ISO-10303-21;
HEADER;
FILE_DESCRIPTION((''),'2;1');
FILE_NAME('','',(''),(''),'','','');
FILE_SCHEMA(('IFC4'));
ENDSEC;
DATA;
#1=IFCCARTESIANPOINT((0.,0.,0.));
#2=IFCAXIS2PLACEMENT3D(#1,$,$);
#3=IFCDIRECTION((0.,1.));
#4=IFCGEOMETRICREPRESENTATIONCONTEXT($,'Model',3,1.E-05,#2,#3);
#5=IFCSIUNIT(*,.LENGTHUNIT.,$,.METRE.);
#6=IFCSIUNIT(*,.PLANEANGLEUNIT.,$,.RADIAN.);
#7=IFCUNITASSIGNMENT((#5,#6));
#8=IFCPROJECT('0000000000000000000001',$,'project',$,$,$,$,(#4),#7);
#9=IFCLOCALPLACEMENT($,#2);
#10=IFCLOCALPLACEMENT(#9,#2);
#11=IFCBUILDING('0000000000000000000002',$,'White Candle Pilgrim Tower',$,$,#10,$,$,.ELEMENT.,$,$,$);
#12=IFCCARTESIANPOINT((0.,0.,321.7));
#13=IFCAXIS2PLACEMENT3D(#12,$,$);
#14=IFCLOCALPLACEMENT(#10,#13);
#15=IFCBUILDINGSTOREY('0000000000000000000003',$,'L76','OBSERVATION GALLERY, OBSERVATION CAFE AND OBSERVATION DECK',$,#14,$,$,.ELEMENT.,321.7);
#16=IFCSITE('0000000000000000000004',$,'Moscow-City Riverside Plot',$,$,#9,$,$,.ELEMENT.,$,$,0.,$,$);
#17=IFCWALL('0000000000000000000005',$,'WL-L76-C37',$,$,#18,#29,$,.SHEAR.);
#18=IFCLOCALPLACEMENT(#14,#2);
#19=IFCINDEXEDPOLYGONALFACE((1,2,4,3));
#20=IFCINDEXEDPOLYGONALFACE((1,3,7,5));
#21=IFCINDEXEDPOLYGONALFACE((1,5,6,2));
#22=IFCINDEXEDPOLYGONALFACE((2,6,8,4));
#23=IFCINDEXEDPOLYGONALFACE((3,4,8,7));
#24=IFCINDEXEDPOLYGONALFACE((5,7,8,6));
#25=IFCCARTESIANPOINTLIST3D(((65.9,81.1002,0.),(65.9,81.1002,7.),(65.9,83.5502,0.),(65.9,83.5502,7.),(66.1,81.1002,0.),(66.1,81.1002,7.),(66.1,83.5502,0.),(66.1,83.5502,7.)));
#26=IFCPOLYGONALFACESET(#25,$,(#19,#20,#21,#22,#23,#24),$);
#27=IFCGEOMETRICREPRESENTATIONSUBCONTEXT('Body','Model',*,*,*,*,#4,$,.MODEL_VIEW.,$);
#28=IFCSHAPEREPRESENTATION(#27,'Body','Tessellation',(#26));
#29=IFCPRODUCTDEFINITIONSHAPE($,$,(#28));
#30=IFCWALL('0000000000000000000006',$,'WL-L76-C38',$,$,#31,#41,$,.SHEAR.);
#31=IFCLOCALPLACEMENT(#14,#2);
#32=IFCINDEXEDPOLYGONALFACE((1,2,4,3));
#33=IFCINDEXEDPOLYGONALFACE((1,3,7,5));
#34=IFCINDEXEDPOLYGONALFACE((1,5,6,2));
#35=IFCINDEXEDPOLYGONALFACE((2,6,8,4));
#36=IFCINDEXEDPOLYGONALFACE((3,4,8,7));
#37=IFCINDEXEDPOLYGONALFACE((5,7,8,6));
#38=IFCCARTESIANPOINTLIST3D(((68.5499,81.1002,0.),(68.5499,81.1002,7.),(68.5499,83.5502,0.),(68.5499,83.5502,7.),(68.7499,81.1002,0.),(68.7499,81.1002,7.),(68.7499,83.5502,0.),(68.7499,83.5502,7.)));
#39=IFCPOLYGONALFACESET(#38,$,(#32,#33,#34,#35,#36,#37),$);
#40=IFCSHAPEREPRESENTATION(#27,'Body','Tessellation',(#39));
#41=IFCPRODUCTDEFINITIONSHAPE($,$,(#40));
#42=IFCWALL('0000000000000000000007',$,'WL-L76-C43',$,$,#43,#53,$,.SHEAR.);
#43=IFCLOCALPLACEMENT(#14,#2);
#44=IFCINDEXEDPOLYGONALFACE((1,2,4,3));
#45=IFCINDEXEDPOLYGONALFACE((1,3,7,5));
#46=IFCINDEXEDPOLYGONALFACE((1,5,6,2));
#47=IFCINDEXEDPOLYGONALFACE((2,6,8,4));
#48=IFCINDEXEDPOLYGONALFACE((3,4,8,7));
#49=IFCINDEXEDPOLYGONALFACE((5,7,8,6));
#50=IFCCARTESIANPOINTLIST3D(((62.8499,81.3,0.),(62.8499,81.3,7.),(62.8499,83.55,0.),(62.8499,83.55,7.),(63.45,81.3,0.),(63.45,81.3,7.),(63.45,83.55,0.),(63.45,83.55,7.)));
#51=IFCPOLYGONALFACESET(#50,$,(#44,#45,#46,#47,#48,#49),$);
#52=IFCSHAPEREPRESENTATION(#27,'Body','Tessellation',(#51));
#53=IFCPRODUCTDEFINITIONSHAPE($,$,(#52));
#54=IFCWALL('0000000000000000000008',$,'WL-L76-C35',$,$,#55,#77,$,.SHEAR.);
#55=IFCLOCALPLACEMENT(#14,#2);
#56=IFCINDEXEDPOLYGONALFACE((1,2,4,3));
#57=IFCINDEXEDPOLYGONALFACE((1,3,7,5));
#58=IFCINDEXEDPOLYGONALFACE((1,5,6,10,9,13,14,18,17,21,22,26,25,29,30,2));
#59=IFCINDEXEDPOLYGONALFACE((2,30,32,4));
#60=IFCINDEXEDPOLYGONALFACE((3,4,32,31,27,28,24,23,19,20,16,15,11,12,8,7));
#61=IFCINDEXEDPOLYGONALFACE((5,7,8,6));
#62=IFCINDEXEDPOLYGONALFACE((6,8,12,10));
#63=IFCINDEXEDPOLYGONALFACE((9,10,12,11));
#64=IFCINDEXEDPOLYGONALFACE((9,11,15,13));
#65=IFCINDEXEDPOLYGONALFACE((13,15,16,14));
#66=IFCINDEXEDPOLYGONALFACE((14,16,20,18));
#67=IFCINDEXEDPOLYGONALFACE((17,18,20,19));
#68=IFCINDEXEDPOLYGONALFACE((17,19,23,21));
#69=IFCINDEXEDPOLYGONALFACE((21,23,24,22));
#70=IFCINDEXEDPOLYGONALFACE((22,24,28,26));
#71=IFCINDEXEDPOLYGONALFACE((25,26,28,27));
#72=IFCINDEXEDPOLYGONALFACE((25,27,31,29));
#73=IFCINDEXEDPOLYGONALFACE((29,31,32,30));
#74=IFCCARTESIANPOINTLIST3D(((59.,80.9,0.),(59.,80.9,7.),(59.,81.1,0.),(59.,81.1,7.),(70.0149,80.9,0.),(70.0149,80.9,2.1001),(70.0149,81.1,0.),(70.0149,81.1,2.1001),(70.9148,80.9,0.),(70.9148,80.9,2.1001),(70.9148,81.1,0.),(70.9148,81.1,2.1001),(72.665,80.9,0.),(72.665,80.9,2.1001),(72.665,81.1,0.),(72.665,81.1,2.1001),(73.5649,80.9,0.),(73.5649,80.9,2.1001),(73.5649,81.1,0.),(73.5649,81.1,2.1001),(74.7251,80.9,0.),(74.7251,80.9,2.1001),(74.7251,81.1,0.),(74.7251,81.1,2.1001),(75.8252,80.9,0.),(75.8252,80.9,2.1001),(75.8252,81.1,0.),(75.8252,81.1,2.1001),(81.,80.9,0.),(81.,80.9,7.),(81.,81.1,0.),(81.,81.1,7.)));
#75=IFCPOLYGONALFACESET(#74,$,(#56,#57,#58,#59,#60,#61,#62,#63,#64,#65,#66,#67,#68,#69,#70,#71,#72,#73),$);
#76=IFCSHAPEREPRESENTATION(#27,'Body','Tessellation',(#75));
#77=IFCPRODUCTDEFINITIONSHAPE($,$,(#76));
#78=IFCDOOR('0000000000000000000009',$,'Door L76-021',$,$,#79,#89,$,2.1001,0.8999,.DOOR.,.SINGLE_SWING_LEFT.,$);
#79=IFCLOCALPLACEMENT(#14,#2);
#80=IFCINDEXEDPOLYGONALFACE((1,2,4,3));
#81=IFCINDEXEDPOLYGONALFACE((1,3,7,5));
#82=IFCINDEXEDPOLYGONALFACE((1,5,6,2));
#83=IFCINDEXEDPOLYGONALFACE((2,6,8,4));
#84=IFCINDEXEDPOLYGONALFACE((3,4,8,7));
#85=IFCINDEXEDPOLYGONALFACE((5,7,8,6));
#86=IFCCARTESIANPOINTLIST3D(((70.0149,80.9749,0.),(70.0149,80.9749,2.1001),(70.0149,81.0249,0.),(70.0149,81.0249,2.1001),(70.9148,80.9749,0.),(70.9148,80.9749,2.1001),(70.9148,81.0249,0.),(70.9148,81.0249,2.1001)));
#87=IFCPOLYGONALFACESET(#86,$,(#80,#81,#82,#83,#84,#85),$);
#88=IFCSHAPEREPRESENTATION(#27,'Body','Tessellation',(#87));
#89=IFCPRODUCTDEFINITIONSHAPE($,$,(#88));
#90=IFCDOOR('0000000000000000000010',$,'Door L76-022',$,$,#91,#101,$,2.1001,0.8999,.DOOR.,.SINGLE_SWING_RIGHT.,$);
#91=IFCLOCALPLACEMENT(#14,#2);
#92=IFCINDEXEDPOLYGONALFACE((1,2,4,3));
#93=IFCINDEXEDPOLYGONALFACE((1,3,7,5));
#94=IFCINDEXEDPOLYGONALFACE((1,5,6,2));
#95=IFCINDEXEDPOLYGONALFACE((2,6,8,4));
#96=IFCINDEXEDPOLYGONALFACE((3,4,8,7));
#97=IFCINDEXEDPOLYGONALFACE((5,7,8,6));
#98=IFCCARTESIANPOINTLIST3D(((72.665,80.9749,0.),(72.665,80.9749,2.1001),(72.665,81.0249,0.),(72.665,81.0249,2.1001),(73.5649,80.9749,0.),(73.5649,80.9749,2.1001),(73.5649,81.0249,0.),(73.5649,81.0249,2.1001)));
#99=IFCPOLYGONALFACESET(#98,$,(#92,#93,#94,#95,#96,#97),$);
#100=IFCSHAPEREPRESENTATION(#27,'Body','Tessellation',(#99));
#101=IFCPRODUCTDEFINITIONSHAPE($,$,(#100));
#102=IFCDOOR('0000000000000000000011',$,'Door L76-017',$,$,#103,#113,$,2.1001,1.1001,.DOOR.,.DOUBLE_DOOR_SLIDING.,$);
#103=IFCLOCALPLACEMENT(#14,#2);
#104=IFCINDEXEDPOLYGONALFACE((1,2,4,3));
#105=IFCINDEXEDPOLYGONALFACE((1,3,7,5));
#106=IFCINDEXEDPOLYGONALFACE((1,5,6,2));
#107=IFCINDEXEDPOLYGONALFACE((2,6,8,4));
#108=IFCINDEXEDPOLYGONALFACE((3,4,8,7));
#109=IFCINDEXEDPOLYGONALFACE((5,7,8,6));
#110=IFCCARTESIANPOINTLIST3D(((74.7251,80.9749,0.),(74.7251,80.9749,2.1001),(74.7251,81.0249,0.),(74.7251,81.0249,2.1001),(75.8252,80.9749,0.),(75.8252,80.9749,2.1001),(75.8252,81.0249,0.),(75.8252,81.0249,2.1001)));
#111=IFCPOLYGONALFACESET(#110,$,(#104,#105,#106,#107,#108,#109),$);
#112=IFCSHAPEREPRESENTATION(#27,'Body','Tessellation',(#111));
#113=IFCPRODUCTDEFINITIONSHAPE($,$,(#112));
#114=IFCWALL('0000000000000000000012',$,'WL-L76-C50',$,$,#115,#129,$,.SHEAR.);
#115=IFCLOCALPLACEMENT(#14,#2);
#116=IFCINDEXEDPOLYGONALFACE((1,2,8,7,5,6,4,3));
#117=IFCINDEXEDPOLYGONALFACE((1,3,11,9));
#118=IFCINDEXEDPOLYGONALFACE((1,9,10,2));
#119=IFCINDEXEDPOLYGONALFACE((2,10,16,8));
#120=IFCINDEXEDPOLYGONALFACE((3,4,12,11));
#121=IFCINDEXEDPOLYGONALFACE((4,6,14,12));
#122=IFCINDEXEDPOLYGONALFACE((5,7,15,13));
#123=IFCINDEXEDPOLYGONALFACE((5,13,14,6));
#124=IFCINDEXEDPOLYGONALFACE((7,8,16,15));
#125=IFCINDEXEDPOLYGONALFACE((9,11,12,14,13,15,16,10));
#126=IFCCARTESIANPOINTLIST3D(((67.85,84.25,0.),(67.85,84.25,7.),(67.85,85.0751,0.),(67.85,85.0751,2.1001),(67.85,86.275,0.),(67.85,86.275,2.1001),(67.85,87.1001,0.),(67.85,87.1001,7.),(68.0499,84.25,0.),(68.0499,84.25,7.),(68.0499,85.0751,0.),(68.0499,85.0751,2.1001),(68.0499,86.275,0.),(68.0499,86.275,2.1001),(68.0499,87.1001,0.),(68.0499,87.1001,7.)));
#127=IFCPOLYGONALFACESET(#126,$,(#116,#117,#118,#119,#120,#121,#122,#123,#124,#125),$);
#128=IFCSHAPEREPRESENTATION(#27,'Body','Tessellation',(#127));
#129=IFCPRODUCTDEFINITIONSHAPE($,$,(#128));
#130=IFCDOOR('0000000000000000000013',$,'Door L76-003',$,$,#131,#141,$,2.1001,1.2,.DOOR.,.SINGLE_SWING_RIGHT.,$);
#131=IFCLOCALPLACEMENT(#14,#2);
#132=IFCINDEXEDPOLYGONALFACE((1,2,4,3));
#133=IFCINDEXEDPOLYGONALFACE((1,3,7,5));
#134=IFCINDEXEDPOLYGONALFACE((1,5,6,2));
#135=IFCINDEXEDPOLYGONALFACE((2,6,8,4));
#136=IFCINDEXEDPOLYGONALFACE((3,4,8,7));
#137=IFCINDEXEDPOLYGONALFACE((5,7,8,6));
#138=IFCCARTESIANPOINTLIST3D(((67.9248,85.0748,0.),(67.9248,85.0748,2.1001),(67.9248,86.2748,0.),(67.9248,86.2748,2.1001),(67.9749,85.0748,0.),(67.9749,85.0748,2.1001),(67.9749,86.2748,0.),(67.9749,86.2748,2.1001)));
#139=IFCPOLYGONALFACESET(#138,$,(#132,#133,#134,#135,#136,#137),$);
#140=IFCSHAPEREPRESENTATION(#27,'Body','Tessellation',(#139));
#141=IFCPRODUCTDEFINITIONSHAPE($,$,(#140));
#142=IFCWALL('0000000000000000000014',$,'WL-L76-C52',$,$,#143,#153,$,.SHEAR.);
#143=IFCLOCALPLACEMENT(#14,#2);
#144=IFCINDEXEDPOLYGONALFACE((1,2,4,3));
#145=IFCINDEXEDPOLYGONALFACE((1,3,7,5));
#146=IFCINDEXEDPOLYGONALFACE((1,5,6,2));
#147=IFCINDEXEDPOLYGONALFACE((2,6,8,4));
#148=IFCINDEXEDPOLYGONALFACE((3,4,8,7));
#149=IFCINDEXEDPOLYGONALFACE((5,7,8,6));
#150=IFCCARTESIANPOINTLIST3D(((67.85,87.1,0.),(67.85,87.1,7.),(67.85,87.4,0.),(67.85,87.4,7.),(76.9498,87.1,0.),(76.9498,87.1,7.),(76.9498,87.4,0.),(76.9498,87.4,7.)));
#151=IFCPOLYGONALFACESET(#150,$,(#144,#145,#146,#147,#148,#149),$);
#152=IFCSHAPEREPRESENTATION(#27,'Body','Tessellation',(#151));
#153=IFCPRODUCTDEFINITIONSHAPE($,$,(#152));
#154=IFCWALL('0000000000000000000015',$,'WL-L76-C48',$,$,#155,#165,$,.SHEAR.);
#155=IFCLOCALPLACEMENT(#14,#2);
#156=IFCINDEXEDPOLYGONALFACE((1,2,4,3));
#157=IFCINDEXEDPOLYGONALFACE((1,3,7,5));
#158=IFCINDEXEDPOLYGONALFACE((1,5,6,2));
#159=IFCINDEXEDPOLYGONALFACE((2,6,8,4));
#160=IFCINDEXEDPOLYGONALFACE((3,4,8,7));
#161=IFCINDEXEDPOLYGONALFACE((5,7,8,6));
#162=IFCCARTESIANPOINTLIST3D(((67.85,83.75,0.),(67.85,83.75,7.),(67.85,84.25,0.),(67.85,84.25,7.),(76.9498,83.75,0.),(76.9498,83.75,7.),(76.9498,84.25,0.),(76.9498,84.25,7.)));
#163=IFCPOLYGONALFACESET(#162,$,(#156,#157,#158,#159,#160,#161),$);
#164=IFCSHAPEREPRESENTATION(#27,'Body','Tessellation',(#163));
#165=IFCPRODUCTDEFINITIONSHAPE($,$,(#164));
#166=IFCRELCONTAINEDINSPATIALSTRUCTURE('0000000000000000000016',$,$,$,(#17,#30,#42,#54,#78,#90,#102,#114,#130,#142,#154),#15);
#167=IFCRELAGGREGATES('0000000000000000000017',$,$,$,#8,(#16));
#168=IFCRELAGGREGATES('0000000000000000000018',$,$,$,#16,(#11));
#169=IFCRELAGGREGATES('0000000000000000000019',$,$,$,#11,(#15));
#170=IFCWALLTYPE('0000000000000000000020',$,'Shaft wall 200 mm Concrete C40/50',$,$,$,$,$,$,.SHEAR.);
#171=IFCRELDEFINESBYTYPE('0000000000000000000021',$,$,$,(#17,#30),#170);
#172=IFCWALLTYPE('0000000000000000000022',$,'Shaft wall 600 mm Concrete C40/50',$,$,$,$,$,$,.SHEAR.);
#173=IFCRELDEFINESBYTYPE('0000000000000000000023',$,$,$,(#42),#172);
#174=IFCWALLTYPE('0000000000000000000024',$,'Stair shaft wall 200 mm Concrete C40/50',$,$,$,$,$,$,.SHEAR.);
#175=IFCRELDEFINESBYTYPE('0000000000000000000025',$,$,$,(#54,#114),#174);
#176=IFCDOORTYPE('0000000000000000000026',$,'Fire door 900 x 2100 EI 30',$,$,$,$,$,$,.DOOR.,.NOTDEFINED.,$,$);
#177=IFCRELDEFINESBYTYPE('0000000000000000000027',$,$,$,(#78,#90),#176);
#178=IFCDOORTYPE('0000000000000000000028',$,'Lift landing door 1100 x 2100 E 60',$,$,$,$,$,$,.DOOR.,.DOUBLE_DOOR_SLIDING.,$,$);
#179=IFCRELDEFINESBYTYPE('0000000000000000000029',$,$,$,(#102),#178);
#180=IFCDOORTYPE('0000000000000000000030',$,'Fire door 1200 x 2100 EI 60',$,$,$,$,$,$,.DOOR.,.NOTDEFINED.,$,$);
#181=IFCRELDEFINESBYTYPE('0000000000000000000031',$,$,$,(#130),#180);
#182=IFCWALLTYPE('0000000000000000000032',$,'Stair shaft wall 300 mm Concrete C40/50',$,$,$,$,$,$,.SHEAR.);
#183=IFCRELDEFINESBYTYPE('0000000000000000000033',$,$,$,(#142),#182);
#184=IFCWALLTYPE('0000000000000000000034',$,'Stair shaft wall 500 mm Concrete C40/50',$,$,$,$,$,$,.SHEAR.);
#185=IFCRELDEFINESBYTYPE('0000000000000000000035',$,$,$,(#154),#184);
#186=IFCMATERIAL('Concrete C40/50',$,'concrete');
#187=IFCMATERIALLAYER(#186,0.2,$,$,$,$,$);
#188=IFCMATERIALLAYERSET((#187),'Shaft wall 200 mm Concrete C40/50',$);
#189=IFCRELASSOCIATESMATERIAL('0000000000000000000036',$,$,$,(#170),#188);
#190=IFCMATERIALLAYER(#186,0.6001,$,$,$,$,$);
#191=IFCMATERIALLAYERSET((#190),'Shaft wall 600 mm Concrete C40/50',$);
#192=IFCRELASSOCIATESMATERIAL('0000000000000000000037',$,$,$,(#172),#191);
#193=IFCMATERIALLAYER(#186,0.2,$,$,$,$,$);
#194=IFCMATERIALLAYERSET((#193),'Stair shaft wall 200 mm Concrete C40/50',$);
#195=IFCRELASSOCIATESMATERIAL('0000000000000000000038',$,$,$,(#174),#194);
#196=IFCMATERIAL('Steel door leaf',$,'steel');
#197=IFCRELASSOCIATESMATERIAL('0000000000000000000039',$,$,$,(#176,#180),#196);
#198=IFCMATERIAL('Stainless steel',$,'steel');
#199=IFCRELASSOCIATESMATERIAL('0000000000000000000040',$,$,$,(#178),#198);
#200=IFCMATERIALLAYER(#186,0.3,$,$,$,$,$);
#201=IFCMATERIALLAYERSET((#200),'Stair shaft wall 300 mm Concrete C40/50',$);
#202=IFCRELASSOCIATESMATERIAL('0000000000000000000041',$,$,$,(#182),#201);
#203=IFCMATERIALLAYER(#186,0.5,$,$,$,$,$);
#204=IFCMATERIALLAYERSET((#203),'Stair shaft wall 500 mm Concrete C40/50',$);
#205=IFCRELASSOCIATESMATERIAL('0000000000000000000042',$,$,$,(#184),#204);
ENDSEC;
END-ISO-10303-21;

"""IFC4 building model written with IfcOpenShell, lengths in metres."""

from ifc_helpers import new_model, si_unit, direction, frame, frame_2d, origin, place, context, subcontext, project, spatial, rectangle, extrude, material, layer, layer_set, type_object, element, fill, save


model = new_model("IFC4")

# Units and contexts
model_context = context("Model", 3, precision=1e-05, world=origin(), true_north=direction((0.0, 1.0)))
body_context = subcontext(model_context, "Body", "Model", "MODEL_VIEW")
ifc_project = project(units=[si_unit("LENGTHUNIT", "METRE"), si_unit("PLANEANGLEUNIT", "RADIAN")], contexts=[model_context])

# Site, building, storey
site_placement = place(None, origin())
site = spatial("IfcSite", under=ifc_project, at=site_placement, Name="Moscow-City Riverside Plot", CompositionType="ELEMENT", RefElevation=0.0)
building_placement = place(site_placement, origin())
building = spatial("IfcBuilding", under=site, at=building_placement, Name="White Candle Pilgrim Tower", CompositionType="ELEMENT")
storey_placement = place(building_placement, frame((0.0, 0.0, 321.7)))
storey = spatial("IfcBuildingStorey", under=building, at=storey_placement, Name="L76", Description="OBSERVATION GALLERY, OBSERVATION CAFE AND OBSERVATION DECK", CompositionType="ELEMENT", Elevation=321.7)

# Shared definitions
ifc_material_1 = material(Name="Concrete C40/50", Category="concrete")

# Shared definitions
ifc_material_2 = material(Name="Stainless steel", Category="steel")

# Shared definitions
ifc_material_3 = material(Name="Steel door leaf", Category="steel")

# Walls
ifc_layer_1 = layer(ifc_material_1, 0.2)
ifc_layer_set_1 = layer_set([ifc_layer_1], Name="Shaft wall 200 mm Concrete C40/50")
wall_type_1 = type_object("IfcWallType", Name="Shaft wall 200 mm Concrete C40/50", PredefinedType="SHEAR", material=ifc_layer_set_1)
for number, where, z_axis, x_axis, name in (
    (1, (66.0, 81.1001, 0.0), (0.0, 0.0, 1.0), (0.0, 1.0, 0.0), "WL-L76-C37"),
    (2, (68.6499, 81.1001, 0.0), (0.0, 0.0, 1.0), (0.0, 1.0, 0.0), "WL-L76-C38"),
):
    element("IfcWall", number, at=place(storey_placement, frame(where, z_axis=z_axis, x_axis=x_axis)), inside=storey, type_object=wall_type_1, Name=name, PredefinedType="SHEAR", context=body_context, shape_type="SweptSolid", body=[
        extrude(rectangle(XDim=2.45, YDim=0.2, at=frame_2d((1.2251, 0.0))), origin(), (0.0, 0.0, 1.0), 7.0),
    ])
ifc_layer_2 = layer(ifc_material_1, 0.6001)
ifc_layer_set_2 = layer_set([ifc_layer_2], Name="Shaft wall 600 mm Concrete C40/50")
wall_type_2 = type_object("IfcWallType", Name="Shaft wall 600 mm Concrete C40/50", PredefinedType="SHEAR", material=ifc_layer_set_2)
wall_1_placement = place(storey_placement, frame((63.1499, 81.3, 0.0), z_axis=(0.0, 0.0, 1.0), x_axis=(0.0, 1.0, 0.0)))
element("IfcWall", 3, at=wall_1_placement, inside=storey, type_object=wall_type_2, Name="WL-L76-C43", PredefinedType="SHEAR", context=body_context, shape_type="SweptSolid", body=[
    extrude(rectangle(XDim=2.25, YDim=0.6001, at=frame_2d((1.125, 0.0))), origin(), (0.0, 0.0, 1.0), 7.0),
])

# Wall, openings, doors
ifc_layer_3 = layer(ifc_material_1, 0.2)
ifc_layer_set_3 = layer_set([ifc_layer_3], Name="Stair shaft wall 200 mm Concrete C40/50")
wall_type_3 = type_object("IfcWallType", Name="Stair shaft wall 200 mm Concrete C40/50", PredefinedType="SHEAR", material=ifc_layer_set_3)
wall_2_placement = place(storey_placement, frame((59.0, 81.0, 0.0), z_axis=(0.0, 0.0, 1.0), x_axis=(1.0, 0.0, 0.0)))
wall_2 = element("IfcWall", 4, at=wall_2_placement, inside=storey, type_object=wall_type_3, Name="WL-L76-C35", PredefinedType="SHEAR", context=body_context, shape_type="SweptSolid", body=[
    extrude(rectangle(XDim=22.0, YDim=0.2, at=frame_2d((11.0, 0.0))), origin(), (0.0, 0.0, 1.0), 7.0),
])
opening_1_placement = place(wall_2_placement, frame((15.7251, 0.0, 0.0)))
opening_1 = element("IfcOpeningElement", 5, at=opening_1_placement, cuts=wall_2, PredefinedType="OPENING", context=body_context, shape_type="SweptSolid", body=[
    extrude(rectangle(XDim=1.1001, YDim=2.1001, at=frame_2d((0.55, 1.05))), frame((0.0, 0.1099, 0.0), z_axis=(0.0, -1.0, 0.0), x_axis=(1.0, 0.0, 0.0)), (0.0, 0.0, 1.0), 0.22),
])
opening_2_placement = place(wall_2_placement, frame((11.0149, 0.0, 0.0)))
opening_2 = element("IfcOpeningElement", 6, at=opening_2_placement, cuts=wall_2, PredefinedType="OPENING", context=body_context, shape_type="SweptSolid", body=[
    extrude(rectangle(XDim=0.8999, YDim=2.1001, at=frame_2d((0.45, 1.05))), frame((0.0, 0.1099, 0.0), z_axis=(0.0, -1.0, 0.0), x_axis=(1.0, 0.0, 0.0)), (0.0, 0.0, 1.0), 0.22),
])
opening_3_placement = place(wall_2_placement, frame((13.665, 0.0, 0.0)))
opening_3 = element("IfcOpeningElement", 7, at=opening_3_placement, cuts=wall_2, PredefinedType="OPENING", context=body_context, shape_type="SweptSolid", body=[
    extrude(rectangle(XDim=0.8999, YDim=2.1001, at=frame_2d((0.45, 1.05))), frame((0.0, 0.1099, 0.0), z_axis=(0.0, -1.0, 0.0), x_axis=(1.0, 0.0, 0.0)), (0.0, 0.0, 1.0), 0.22),
])
door_type_1 = type_object("IfcDoorType", Name="Fire door 900 x 2100 EI 30", OperationType="NOTDEFINED", PredefinedType="DOOR", material=ifc_material_3)
door_1_placement = place(opening_2_placement, origin())
door_1 = element("IfcDoor", 8, at=door_1_placement, inside=storey, type_object=door_type_1, Name="Door L76-021", OperationType="SINGLE_SWING_LEFT", OverallHeight=2.1001, OverallWidth=0.8999, PredefinedType="DOOR", context=body_context, shape_type="SweptSolid", body=[
    extrude(rectangle(XDim=0.8999, YDim=2.1001, at=frame_2d((0.45, 1.05))), frame((0.0, 0.0249, 0.0), z_axis=(0.0, -1.0, 0.0), x_axis=(1.0, 0.0, 0.0)), (0.0, 0.0, 1.0), 0.05),
])
fill(opening_2, door_1)
door_2_placement = place(opening_3_placement, origin())
door_2 = element("IfcDoor", 9, at=door_2_placement, inside=storey, type_object=door_type_1, Name="Door L76-022", OperationType="SINGLE_SWING_RIGHT", OverallHeight=2.1001, OverallWidth=0.8999, PredefinedType="DOOR", context=body_context, shape_type="SweptSolid", body=[
    extrude(rectangle(XDim=0.8999, YDim=2.1001, at=frame_2d((0.45, 1.05))), frame((0.0, 0.0249, 0.0), z_axis=(0.0, -1.0, 0.0), x_axis=(1.0, 0.0, 0.0)), (0.0, 0.0, 1.0), 0.05),
])
fill(opening_3, door_2)
door_type_2 = type_object("IfcDoorType", Name="Lift landing door 1100 x 2100 E 60", OperationType="DOUBLE_DOOR_SLIDING", PredefinedType="DOOR", material=ifc_material_2)
door_3_placement = place(opening_1_placement, origin())
door_3 = element("IfcDoor", 10, at=door_3_placement, inside=storey, type_object=door_type_2, Name="Door L76-017", OperationType="DOUBLE_DOOR_SLIDING", OverallHeight=2.1001, OverallWidth=1.1001, PredefinedType="DOOR", context=body_context, shape_type="SweptSolid", body=[
    extrude(rectangle(XDim=1.1001, YDim=2.1001, at=frame_2d((0.55, 1.05))), frame((0.0, 0.0249, 0.0), z_axis=(0.0, -1.0, 0.0), x_axis=(1.0, 0.0, 0.0)), (0.0, 0.0, 1.0), 0.05),
])
fill(opening_1, door_3)

# Wall, opening, door
wall_3_placement = place(storey_placement, frame((67.95, 84.25, 0.0), z_axis=(0.0, 0.0, 1.0), x_axis=(0.0, 1.0, 0.0)))
wall_3 = element("IfcWall", 11, at=wall_3_placement, inside=storey, type_object=wall_type_3, Name="WL-L76-C50", PredefinedType="SHEAR", context=body_context, shape_type="SweptSolid", body=[
    extrude(rectangle(XDim=2.8501, YDim=0.2, at=frame_2d((1.425, 0.0))), origin(), (0.0, 0.0, 1.0), 7.0),
])
opening_4_placement = place(wall_3_placement, frame((0.825, 0.0, 0.0)))
opening_4 = element("IfcOpeningElement", 12, at=opening_4_placement, cuts=wall_3, PredefinedType="OPENING", context=body_context, shape_type="SweptSolid", body=[
    extrude(rectangle(XDim=1.2, YDim=2.1001, at=frame_2d((0.6001, 1.05))), frame((0.0, 0.1099, 0.0), z_axis=(0.0, -1.0, 0.0), x_axis=(1.0, 0.0, 0.0)), (0.0, 0.0, 1.0), 0.22),
])
door_type_3 = type_object("IfcDoorType", Name="Fire door 1200 x 2100 EI 60", OperationType="NOTDEFINED", PredefinedType="DOOR", material=ifc_material_3)
door_4_placement = place(opening_4_placement, frame((1.2, 0.0, 0.0), z_axis=(0.0, 0.0, 1.0), x_axis=(-1.0, 0.0, 0.0)))
door_4 = element("IfcDoor", 13, at=door_4_placement, inside=storey, type_object=door_type_3, Name="Door L76-003", OperationType="SINGLE_SWING_RIGHT", OverallHeight=2.1001, OverallWidth=1.2, PredefinedType="DOOR", context=body_context, shape_type="SweptSolid", body=[
    extrude(rectangle(XDim=1.2, YDim=2.1001, at=frame_2d((0.6001, 1.05))), frame((0.0, 0.0249, 0.0), z_axis=(0.0, -1.0, 0.0), x_axis=(1.0, 0.0, 0.0)), (0.0, 0.0, 1.0), 0.05),
])
fill(opening_4, door_4)

# Walls
ifc_layer_4 = layer(ifc_material_1, 0.3)
ifc_layer_set_4 = layer_set([ifc_layer_4], Name="Stair shaft wall 300 mm Concrete C40/50")
wall_type_4 = type_object("IfcWallType", Name="Stair shaft wall 300 mm Concrete C40/50", PredefinedType="SHEAR", material=ifc_layer_set_4)
wall_4_placement = place(storey_placement, frame((67.8501, 87.25, 0.0), z_axis=(0.0, 0.0, 1.0), x_axis=(1.0, 0.0, 0.0)))
element("IfcWall", 14, at=wall_4_placement, inside=storey, type_object=wall_type_4, Name="WL-L76-C52", PredefinedType="SHEAR", context=body_context, shape_type="SweptSolid", body=[
    extrude(rectangle(XDim=9.0999, YDim=0.3, at=frame_2d((4.5498, 0.0))), origin(), (0.0, 0.0, 1.0), 7.0),
])
ifc_layer_5 = layer(ifc_material_1, 0.5)
ifc_layer_set_5 = layer_set([ifc_layer_5], Name="Stair shaft wall 500 mm Concrete C40/50")
wall_type_5 = type_object("IfcWallType", Name="Stair shaft wall 500 mm Concrete C40/50", PredefinedType="SHEAR", material=ifc_layer_set_5)
wall_5_placement = place(storey_placement, frame((67.8501, 84.0, 0.0), z_axis=(0.0, 0.0, 1.0), x_axis=(1.0, 0.0, 0.0)))
element("IfcWall", 15, at=wall_5_placement, inside=storey, type_object=wall_type_5, Name="WL-L76-C48", PredefinedType="SHEAR", context=body_context, shape_type="SweptSolid", body=[
    extrude(rectangle(XDim=9.0999, YDim=0.5, at=frame_2d((4.5498, 0.0))), origin(), (0.0, 0.0, 1.0), 7.0),
])

save(model, "model.ifc")
